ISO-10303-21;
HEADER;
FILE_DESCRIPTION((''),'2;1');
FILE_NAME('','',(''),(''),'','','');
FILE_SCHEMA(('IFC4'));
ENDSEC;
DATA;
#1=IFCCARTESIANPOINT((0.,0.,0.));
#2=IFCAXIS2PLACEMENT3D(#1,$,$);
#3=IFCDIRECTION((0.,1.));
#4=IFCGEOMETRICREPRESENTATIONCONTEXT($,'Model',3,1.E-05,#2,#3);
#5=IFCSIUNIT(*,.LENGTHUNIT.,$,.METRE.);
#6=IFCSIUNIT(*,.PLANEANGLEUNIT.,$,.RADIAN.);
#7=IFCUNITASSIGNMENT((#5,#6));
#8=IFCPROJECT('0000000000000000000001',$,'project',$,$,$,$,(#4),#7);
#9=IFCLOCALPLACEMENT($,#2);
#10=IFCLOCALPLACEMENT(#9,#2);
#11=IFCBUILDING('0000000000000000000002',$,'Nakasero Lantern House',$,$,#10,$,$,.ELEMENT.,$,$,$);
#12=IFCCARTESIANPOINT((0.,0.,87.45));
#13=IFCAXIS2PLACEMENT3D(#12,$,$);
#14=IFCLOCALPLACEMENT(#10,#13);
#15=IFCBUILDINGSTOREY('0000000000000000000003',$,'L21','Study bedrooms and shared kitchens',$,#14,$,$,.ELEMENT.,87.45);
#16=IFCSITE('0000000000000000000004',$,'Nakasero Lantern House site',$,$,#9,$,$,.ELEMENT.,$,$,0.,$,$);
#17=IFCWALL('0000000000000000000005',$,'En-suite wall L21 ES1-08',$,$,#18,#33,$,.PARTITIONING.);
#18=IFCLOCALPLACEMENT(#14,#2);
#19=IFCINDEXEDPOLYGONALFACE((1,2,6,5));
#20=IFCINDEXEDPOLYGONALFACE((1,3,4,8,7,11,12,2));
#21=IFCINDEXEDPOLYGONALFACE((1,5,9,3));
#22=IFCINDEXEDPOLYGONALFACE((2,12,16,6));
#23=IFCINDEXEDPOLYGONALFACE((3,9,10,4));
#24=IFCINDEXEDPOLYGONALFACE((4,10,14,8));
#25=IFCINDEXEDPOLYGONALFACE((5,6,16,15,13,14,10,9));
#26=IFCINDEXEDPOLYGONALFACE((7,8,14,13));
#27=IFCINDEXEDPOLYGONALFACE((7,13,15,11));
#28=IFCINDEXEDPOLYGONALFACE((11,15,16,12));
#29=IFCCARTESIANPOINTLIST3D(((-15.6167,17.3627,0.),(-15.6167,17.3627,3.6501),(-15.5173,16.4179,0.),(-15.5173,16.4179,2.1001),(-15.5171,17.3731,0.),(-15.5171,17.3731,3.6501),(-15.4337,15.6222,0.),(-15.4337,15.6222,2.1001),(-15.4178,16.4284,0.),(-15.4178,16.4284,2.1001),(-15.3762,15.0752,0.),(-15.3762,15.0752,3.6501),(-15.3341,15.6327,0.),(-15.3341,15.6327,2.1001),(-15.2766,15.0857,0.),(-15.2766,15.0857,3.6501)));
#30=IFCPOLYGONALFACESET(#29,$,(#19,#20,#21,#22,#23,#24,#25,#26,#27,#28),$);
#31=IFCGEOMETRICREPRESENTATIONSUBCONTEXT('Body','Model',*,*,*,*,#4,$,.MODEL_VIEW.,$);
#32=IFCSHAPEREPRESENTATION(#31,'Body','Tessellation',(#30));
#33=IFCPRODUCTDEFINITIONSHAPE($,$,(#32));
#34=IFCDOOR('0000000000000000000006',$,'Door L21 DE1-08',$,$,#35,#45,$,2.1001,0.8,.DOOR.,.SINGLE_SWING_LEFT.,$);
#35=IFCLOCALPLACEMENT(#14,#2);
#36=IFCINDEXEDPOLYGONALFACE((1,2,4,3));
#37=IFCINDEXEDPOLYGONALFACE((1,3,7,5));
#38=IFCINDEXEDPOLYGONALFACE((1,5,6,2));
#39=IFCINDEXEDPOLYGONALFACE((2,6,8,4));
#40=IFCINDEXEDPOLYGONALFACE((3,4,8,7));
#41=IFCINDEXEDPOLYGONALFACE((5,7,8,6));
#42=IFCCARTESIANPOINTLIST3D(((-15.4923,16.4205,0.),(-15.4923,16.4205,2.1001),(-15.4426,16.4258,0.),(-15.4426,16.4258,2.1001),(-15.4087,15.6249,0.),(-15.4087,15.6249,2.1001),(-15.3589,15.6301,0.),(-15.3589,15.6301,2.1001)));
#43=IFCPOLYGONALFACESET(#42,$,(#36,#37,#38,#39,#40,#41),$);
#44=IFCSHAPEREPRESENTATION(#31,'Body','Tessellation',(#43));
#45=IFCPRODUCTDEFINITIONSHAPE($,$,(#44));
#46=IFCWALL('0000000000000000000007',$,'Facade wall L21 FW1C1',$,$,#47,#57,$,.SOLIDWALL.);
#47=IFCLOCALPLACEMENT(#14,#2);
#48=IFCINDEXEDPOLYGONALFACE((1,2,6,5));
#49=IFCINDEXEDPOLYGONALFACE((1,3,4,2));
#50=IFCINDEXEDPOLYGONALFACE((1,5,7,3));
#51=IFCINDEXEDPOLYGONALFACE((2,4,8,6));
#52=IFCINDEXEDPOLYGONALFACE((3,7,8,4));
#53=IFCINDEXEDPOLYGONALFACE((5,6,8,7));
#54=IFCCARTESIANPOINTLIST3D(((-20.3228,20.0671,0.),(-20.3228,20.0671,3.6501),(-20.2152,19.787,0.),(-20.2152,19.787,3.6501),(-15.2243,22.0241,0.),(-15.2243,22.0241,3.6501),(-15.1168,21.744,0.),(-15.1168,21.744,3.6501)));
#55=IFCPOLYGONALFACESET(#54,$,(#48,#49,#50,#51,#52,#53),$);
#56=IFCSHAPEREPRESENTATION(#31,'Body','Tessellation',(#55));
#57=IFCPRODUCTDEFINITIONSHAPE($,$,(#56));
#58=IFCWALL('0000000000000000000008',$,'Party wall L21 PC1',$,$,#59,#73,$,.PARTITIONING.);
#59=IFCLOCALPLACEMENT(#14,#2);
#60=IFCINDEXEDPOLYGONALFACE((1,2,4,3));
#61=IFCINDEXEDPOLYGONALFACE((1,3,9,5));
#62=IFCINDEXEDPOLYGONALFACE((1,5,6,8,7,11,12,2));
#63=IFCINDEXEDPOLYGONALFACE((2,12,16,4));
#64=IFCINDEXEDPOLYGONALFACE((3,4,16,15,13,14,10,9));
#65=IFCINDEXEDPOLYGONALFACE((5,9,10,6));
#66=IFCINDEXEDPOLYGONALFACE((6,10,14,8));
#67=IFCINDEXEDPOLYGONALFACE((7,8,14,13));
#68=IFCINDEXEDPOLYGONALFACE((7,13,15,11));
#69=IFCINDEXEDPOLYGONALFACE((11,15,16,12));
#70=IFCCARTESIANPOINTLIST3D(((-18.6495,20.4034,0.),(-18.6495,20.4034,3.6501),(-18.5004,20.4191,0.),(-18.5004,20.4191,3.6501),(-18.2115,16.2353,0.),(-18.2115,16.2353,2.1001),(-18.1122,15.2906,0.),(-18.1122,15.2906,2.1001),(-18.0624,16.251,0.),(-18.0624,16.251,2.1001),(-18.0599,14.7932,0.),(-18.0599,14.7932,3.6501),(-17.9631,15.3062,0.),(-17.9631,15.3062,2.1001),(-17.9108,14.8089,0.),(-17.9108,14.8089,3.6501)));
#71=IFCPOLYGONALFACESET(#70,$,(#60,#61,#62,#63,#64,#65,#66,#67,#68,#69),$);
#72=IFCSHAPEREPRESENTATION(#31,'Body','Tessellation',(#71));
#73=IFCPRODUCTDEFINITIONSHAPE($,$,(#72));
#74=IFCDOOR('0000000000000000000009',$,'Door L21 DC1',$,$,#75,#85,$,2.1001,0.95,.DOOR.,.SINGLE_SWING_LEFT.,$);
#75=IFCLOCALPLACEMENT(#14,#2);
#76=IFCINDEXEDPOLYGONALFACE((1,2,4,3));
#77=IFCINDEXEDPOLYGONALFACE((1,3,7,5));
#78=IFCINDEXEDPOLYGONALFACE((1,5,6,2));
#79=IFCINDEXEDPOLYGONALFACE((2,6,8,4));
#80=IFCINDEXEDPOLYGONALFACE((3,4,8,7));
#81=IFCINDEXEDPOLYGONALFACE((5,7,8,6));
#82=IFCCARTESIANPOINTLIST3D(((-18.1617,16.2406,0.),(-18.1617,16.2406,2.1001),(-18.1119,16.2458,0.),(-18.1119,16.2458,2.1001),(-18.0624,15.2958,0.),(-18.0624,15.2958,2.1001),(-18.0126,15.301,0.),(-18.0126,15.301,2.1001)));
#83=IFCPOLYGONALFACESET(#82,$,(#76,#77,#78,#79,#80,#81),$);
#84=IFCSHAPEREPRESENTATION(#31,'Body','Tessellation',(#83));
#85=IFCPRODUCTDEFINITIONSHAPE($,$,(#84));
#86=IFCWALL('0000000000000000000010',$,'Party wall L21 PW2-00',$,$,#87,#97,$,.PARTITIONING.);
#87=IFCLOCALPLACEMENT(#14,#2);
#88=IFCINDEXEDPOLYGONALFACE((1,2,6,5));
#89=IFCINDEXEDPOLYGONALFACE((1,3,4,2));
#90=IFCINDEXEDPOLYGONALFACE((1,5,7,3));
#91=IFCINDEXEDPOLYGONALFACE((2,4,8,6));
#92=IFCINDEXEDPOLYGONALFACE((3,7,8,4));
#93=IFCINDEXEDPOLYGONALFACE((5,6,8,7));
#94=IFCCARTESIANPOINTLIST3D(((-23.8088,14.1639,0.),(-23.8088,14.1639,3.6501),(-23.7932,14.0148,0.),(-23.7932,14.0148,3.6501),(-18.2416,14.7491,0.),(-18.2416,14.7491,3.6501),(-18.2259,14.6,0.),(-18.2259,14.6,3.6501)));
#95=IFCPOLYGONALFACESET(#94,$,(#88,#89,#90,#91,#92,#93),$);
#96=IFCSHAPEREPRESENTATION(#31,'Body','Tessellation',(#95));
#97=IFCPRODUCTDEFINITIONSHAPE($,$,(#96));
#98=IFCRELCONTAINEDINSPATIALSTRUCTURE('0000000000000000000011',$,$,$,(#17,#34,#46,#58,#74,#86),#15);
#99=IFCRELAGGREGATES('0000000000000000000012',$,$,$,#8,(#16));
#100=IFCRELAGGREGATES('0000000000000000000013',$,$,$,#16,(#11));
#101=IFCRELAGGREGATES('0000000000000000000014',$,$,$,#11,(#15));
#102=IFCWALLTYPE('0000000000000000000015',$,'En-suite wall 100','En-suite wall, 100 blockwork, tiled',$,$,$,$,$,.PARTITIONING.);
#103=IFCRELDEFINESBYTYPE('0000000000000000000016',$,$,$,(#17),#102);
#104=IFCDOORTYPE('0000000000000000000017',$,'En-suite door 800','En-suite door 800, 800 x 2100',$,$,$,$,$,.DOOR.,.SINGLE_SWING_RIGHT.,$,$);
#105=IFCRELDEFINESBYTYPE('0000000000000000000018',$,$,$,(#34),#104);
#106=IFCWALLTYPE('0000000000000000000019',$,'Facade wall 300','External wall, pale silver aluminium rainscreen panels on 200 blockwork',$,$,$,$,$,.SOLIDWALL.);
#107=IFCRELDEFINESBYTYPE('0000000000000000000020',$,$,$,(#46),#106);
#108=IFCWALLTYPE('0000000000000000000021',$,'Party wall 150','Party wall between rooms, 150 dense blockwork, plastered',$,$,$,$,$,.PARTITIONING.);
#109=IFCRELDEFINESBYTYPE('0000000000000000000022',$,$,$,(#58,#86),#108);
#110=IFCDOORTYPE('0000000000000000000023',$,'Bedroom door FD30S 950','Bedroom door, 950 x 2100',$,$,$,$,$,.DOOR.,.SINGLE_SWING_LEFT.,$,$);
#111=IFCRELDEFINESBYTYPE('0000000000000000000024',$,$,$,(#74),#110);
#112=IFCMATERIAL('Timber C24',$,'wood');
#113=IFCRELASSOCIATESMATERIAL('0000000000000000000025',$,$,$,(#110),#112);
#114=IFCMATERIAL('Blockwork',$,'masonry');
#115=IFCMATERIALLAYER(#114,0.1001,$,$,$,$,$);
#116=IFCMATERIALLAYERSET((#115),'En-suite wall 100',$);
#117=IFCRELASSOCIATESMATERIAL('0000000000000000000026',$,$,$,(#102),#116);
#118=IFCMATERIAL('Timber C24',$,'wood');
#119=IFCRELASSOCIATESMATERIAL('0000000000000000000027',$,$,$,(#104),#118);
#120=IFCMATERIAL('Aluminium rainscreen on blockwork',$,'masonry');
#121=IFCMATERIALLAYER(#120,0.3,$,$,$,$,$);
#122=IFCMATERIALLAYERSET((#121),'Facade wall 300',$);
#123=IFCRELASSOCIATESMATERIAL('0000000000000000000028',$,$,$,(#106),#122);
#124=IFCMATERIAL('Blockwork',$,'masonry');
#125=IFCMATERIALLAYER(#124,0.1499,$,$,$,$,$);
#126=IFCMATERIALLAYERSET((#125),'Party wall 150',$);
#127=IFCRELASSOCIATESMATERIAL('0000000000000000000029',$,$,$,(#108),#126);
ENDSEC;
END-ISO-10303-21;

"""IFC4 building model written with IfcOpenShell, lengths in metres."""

from ifc_helpers import new_model, si_unit, direction, frame, frame_2d, origin, place, context, subcontext, project, spatial, rectangle, extrude, material, layer, layer_set, type_object, element, fill, save


model = new_model("IFC4")

# Units and contexts
model_context = context("Model", 3, precision=1e-05, world=origin(), true_north=direction((0.0, 1.0)))
body_context = subcontext(model_context, "Body", "Model", "MODEL_VIEW")
ifc_project = project(units=[si_unit("LENGTHUNIT", "METRE"), si_unit("PLANEANGLEUNIT", "RADIAN")], contexts=[model_context])

# Site, building, storey
site_placement = place(None, origin())
site = spatial("IfcSite", under=ifc_project, at=site_placement, Name="Nakasero Lantern House site", CompositionType="ELEMENT", RefElevation=0.0)
building_placement = place(site_placement, origin())
building = spatial("IfcBuilding", under=site, at=building_placement, Name="Nakasero Lantern House", CompositionType="ELEMENT")
storey_placement = place(building_placement, frame((0.0, 0.0, 87.45)))
storey = spatial("IfcBuildingStorey", under=building, at=storey_placement, Name="L21", Description="Study bedrooms and shared kitchens", CompositionType="ELEMENT", Elevation=87.45)

# Shared definitions
ifc_material_1 = material(Name="Timber C24", Category="wood")
door_type_1 = type_object("IfcDoorType", Name="Bedroom door FD30S 950", Description="Bedroom door, 950 x 2100", OperationType="SINGLE_SWING_LEFT", PredefinedType="DOOR", material=ifc_material_1)

# Wall, opening, door
ifc_material_2 = material(Name="Blockwork", Category="masonry")
ifc_layer_1 = layer(ifc_material_2, 0.1001)
ifc_layer_set_1 = layer_set([ifc_layer_1], Name="En-suite wall 100")
wall_type_1 = type_object("IfcWallType", Name="En-suite wall 100", Description="En-suite wall, 100 blockwork, tiled", PredefinedType="PARTITIONING", material=ifc_layer_set_1)
wall_1_placement = place(storey_placement, frame((-15.3264, 15.0806, 0.0), z_axis=(0.0, 0.0, 1.0), x_axis=(-0.104558, 0.994519, 0.0)))
wall_1 = element("IfcWall", 1, at=wall_1_placement, inside=storey, type_object=wall_type_1, Name="En-suite wall L21 ES1-08", PredefinedType="PARTITIONING", context=body_context, shape_type="SweptSolid", body=[
    extrude(rectangle(XDim=2.3, YDim=0.1001, at=frame_2d((1.1499, 0.0))), origin(), (0.0, 0.0, 1.0), 3.6501),
])
opening_1_placement = place(wall_1_placement, frame((0.55, 0.0, 0.0)))
opening_1 = element("IfcOpeningElement", 2, at=opening_1_placement, cuts=wall_1, PredefinedType="OPENING", context=body_context, shape_type="SweptSolid", body=[
    extrude(rectangle(XDim=0.8, YDim=2.1001, at=frame_2d((0.3999, 1.05))), frame((0.0, 0.0701, 0.0), z_axis=(0.0, -1.0, 0.0), x_axis=(1.0, 0.0, 0.0)), (0.0, 0.0, 1.0), 0.1401),
])
ifc_material_3 = material(Name="Timber C24", Category="wood")
door_type_2 = type_object("IfcDoorType", Name="En-suite door 800", Description="En-suite door 800, 800 x 2100", OperationType="SINGLE_SWING_RIGHT", PredefinedType="DOOR", material=ifc_material_3)
door_1_placement = place(opening_1_placement, origin())
door_1 = element("IfcDoor", 3, at=door_1_placement, inside=storey, type_object=door_type_2, Name="Door L21 DE1-08", OperationType="SINGLE_SWING_LEFT", OverallHeight=2.1001, OverallWidth=0.8, PredefinedType="DOOR", context=body_context, shape_type="SweptSolid", body=[
    extrude(rectangle(XDim=0.8, YDim=2.1001, at=frame_2d((0.3999, 1.05))), frame((0.0, 0.0249, 0.0), z_axis=(0.0, -1.0, 0.0), x_axis=(1.0, 0.0, 0.0)), (0.0, 0.0, 1.0), 0.05),
])
fill(opening_1, door_1)

# Wall
ifc_material_4 = material(Name="Aluminium rainscreen on blockwork", Category="masonry")
ifc_layer_2 = layer(ifc_material_4, 0.3)
ifc_layer_set_2 = layer_set([ifc_layer_2], Name="Facade wall 300")
wall_type_2 = type_object("IfcWallType", Name="Facade wall 300", Description="External wall, pale silver aluminium rainscreen panels on 200 blockwork", PredefinedType="SOLIDWALL", material=ifc_layer_set_2)
wall_2_placement = place(storey_placement, frame((-15.1707, 21.884, 0.0), z_axis=(0.0, 0.0, 1.0), x_axis=(-0.933584, -0.358359, 0.0)))
element("IfcWall", 4, at=wall_2_placement, inside=storey, type_object=wall_type_2, Name="Facade wall L21 FW1C1", PredefinedType="SOLIDWALL", context=body_context, shape_type="SweptSolid", body=[
    extrude(rectangle(XDim=5.4612, YDim=0.3, at=frame_2d((2.7305, 0.0))), origin(), (0.0, 0.0, 1.0), 3.6501),
])

# Wall, opening, door
ifc_material_5 = material(Name="Blockwork", Category="masonry")
ifc_layer_3 = layer(ifc_material_5, 0.1499)
ifc_layer_set_3 = layer_set([ifc_layer_3], Name="Party wall 150")
wall_type_3 = type_object("IfcWallType", Name="Party wall 150", Description="Party wall between rooms, 150 dense blockwork, plastered", PredefinedType="PARTITIONING", material=ifc_layer_set_3)
wall_3_placement = place(storey_placement, frame((-17.9854, 14.801, 0.0), z_axis=(0.0, 0.0, 1.0), x_axis=(-0.10452, 0.994523, 0.0)))
wall_3 = element("IfcWall", 5, at=wall_3_placement, inside=storey, type_object=wall_type_3, Name="Party wall L21 PC1", PredefinedType="PARTITIONING", context=body_context, shape_type="SweptSolid", body=[
    extrude(rectangle(XDim=5.6411, YDim=0.1499, at=frame_2d((2.8206, 0.0))), origin(), (0.0, 0.0, 1.0), 3.6501),
])
opening_2_placement = place(wall_3_placement, frame((0.5, 0.0, 0.0)))
opening_2 = element("IfcOpeningElement", 6, at=opening_2_placement, cuts=wall_3, PredefinedType="OPENING", context=body_context, shape_type="SweptSolid", body=[
    extrude(rectangle(XDim=0.95, YDim=2.1001, at=frame_2d((0.4751, 1.05))), frame((0.0, 0.095, 0.0), z_axis=(0.0, -1.0, 0.0), x_axis=(1.0, 0.0, 0.0)), (0.0, 0.0, 1.0), 0.1899),
])
door_2_placement = place(opening_2_placement, origin())
door_2 = element("IfcDoor", 7, at=door_2_placement, inside=storey, type_object=door_type_1, Name="Door L21 DC1", OperationType="SINGLE_SWING_LEFT", OverallHeight=2.1001, OverallWidth=0.95, PredefinedType="DOOR", context=body_context, shape_type="SweptSolid", body=[
    extrude(rectangle(XDim=0.95, YDim=2.1001, at=frame_2d((0.4751, 1.05))), frame((0.0, 0.0249, 0.0), z_axis=(0.0, -1.0, 0.0), x_axis=(1.0, 0.0, 0.0)), (0.0, 0.0, 1.0), 0.05),
])
fill(opening_2, door_2)

# Wall
wall_4_placement = place(storey_placement, frame((-18.2339, 14.6746, 0.0), z_axis=(0.0, 0.0, 1.0), x_axis=(-0.99452, -0.104542, 0.0)))
element("IfcWall", 8, at=wall_4_placement, inside=storey, type_object=wall_type_3, Name="Party wall L21 PW2-00", PredefinedType="PARTITIONING", context=body_context, shape_type="SweptSolid", body=[
    extrude(rectangle(XDim=5.5979, YDim=0.1499, at=frame_2d((2.7988, 0.0))), origin(), (0.0, 0.0, 1.0), 3.6501),
])

save(model, "model.ifc")
